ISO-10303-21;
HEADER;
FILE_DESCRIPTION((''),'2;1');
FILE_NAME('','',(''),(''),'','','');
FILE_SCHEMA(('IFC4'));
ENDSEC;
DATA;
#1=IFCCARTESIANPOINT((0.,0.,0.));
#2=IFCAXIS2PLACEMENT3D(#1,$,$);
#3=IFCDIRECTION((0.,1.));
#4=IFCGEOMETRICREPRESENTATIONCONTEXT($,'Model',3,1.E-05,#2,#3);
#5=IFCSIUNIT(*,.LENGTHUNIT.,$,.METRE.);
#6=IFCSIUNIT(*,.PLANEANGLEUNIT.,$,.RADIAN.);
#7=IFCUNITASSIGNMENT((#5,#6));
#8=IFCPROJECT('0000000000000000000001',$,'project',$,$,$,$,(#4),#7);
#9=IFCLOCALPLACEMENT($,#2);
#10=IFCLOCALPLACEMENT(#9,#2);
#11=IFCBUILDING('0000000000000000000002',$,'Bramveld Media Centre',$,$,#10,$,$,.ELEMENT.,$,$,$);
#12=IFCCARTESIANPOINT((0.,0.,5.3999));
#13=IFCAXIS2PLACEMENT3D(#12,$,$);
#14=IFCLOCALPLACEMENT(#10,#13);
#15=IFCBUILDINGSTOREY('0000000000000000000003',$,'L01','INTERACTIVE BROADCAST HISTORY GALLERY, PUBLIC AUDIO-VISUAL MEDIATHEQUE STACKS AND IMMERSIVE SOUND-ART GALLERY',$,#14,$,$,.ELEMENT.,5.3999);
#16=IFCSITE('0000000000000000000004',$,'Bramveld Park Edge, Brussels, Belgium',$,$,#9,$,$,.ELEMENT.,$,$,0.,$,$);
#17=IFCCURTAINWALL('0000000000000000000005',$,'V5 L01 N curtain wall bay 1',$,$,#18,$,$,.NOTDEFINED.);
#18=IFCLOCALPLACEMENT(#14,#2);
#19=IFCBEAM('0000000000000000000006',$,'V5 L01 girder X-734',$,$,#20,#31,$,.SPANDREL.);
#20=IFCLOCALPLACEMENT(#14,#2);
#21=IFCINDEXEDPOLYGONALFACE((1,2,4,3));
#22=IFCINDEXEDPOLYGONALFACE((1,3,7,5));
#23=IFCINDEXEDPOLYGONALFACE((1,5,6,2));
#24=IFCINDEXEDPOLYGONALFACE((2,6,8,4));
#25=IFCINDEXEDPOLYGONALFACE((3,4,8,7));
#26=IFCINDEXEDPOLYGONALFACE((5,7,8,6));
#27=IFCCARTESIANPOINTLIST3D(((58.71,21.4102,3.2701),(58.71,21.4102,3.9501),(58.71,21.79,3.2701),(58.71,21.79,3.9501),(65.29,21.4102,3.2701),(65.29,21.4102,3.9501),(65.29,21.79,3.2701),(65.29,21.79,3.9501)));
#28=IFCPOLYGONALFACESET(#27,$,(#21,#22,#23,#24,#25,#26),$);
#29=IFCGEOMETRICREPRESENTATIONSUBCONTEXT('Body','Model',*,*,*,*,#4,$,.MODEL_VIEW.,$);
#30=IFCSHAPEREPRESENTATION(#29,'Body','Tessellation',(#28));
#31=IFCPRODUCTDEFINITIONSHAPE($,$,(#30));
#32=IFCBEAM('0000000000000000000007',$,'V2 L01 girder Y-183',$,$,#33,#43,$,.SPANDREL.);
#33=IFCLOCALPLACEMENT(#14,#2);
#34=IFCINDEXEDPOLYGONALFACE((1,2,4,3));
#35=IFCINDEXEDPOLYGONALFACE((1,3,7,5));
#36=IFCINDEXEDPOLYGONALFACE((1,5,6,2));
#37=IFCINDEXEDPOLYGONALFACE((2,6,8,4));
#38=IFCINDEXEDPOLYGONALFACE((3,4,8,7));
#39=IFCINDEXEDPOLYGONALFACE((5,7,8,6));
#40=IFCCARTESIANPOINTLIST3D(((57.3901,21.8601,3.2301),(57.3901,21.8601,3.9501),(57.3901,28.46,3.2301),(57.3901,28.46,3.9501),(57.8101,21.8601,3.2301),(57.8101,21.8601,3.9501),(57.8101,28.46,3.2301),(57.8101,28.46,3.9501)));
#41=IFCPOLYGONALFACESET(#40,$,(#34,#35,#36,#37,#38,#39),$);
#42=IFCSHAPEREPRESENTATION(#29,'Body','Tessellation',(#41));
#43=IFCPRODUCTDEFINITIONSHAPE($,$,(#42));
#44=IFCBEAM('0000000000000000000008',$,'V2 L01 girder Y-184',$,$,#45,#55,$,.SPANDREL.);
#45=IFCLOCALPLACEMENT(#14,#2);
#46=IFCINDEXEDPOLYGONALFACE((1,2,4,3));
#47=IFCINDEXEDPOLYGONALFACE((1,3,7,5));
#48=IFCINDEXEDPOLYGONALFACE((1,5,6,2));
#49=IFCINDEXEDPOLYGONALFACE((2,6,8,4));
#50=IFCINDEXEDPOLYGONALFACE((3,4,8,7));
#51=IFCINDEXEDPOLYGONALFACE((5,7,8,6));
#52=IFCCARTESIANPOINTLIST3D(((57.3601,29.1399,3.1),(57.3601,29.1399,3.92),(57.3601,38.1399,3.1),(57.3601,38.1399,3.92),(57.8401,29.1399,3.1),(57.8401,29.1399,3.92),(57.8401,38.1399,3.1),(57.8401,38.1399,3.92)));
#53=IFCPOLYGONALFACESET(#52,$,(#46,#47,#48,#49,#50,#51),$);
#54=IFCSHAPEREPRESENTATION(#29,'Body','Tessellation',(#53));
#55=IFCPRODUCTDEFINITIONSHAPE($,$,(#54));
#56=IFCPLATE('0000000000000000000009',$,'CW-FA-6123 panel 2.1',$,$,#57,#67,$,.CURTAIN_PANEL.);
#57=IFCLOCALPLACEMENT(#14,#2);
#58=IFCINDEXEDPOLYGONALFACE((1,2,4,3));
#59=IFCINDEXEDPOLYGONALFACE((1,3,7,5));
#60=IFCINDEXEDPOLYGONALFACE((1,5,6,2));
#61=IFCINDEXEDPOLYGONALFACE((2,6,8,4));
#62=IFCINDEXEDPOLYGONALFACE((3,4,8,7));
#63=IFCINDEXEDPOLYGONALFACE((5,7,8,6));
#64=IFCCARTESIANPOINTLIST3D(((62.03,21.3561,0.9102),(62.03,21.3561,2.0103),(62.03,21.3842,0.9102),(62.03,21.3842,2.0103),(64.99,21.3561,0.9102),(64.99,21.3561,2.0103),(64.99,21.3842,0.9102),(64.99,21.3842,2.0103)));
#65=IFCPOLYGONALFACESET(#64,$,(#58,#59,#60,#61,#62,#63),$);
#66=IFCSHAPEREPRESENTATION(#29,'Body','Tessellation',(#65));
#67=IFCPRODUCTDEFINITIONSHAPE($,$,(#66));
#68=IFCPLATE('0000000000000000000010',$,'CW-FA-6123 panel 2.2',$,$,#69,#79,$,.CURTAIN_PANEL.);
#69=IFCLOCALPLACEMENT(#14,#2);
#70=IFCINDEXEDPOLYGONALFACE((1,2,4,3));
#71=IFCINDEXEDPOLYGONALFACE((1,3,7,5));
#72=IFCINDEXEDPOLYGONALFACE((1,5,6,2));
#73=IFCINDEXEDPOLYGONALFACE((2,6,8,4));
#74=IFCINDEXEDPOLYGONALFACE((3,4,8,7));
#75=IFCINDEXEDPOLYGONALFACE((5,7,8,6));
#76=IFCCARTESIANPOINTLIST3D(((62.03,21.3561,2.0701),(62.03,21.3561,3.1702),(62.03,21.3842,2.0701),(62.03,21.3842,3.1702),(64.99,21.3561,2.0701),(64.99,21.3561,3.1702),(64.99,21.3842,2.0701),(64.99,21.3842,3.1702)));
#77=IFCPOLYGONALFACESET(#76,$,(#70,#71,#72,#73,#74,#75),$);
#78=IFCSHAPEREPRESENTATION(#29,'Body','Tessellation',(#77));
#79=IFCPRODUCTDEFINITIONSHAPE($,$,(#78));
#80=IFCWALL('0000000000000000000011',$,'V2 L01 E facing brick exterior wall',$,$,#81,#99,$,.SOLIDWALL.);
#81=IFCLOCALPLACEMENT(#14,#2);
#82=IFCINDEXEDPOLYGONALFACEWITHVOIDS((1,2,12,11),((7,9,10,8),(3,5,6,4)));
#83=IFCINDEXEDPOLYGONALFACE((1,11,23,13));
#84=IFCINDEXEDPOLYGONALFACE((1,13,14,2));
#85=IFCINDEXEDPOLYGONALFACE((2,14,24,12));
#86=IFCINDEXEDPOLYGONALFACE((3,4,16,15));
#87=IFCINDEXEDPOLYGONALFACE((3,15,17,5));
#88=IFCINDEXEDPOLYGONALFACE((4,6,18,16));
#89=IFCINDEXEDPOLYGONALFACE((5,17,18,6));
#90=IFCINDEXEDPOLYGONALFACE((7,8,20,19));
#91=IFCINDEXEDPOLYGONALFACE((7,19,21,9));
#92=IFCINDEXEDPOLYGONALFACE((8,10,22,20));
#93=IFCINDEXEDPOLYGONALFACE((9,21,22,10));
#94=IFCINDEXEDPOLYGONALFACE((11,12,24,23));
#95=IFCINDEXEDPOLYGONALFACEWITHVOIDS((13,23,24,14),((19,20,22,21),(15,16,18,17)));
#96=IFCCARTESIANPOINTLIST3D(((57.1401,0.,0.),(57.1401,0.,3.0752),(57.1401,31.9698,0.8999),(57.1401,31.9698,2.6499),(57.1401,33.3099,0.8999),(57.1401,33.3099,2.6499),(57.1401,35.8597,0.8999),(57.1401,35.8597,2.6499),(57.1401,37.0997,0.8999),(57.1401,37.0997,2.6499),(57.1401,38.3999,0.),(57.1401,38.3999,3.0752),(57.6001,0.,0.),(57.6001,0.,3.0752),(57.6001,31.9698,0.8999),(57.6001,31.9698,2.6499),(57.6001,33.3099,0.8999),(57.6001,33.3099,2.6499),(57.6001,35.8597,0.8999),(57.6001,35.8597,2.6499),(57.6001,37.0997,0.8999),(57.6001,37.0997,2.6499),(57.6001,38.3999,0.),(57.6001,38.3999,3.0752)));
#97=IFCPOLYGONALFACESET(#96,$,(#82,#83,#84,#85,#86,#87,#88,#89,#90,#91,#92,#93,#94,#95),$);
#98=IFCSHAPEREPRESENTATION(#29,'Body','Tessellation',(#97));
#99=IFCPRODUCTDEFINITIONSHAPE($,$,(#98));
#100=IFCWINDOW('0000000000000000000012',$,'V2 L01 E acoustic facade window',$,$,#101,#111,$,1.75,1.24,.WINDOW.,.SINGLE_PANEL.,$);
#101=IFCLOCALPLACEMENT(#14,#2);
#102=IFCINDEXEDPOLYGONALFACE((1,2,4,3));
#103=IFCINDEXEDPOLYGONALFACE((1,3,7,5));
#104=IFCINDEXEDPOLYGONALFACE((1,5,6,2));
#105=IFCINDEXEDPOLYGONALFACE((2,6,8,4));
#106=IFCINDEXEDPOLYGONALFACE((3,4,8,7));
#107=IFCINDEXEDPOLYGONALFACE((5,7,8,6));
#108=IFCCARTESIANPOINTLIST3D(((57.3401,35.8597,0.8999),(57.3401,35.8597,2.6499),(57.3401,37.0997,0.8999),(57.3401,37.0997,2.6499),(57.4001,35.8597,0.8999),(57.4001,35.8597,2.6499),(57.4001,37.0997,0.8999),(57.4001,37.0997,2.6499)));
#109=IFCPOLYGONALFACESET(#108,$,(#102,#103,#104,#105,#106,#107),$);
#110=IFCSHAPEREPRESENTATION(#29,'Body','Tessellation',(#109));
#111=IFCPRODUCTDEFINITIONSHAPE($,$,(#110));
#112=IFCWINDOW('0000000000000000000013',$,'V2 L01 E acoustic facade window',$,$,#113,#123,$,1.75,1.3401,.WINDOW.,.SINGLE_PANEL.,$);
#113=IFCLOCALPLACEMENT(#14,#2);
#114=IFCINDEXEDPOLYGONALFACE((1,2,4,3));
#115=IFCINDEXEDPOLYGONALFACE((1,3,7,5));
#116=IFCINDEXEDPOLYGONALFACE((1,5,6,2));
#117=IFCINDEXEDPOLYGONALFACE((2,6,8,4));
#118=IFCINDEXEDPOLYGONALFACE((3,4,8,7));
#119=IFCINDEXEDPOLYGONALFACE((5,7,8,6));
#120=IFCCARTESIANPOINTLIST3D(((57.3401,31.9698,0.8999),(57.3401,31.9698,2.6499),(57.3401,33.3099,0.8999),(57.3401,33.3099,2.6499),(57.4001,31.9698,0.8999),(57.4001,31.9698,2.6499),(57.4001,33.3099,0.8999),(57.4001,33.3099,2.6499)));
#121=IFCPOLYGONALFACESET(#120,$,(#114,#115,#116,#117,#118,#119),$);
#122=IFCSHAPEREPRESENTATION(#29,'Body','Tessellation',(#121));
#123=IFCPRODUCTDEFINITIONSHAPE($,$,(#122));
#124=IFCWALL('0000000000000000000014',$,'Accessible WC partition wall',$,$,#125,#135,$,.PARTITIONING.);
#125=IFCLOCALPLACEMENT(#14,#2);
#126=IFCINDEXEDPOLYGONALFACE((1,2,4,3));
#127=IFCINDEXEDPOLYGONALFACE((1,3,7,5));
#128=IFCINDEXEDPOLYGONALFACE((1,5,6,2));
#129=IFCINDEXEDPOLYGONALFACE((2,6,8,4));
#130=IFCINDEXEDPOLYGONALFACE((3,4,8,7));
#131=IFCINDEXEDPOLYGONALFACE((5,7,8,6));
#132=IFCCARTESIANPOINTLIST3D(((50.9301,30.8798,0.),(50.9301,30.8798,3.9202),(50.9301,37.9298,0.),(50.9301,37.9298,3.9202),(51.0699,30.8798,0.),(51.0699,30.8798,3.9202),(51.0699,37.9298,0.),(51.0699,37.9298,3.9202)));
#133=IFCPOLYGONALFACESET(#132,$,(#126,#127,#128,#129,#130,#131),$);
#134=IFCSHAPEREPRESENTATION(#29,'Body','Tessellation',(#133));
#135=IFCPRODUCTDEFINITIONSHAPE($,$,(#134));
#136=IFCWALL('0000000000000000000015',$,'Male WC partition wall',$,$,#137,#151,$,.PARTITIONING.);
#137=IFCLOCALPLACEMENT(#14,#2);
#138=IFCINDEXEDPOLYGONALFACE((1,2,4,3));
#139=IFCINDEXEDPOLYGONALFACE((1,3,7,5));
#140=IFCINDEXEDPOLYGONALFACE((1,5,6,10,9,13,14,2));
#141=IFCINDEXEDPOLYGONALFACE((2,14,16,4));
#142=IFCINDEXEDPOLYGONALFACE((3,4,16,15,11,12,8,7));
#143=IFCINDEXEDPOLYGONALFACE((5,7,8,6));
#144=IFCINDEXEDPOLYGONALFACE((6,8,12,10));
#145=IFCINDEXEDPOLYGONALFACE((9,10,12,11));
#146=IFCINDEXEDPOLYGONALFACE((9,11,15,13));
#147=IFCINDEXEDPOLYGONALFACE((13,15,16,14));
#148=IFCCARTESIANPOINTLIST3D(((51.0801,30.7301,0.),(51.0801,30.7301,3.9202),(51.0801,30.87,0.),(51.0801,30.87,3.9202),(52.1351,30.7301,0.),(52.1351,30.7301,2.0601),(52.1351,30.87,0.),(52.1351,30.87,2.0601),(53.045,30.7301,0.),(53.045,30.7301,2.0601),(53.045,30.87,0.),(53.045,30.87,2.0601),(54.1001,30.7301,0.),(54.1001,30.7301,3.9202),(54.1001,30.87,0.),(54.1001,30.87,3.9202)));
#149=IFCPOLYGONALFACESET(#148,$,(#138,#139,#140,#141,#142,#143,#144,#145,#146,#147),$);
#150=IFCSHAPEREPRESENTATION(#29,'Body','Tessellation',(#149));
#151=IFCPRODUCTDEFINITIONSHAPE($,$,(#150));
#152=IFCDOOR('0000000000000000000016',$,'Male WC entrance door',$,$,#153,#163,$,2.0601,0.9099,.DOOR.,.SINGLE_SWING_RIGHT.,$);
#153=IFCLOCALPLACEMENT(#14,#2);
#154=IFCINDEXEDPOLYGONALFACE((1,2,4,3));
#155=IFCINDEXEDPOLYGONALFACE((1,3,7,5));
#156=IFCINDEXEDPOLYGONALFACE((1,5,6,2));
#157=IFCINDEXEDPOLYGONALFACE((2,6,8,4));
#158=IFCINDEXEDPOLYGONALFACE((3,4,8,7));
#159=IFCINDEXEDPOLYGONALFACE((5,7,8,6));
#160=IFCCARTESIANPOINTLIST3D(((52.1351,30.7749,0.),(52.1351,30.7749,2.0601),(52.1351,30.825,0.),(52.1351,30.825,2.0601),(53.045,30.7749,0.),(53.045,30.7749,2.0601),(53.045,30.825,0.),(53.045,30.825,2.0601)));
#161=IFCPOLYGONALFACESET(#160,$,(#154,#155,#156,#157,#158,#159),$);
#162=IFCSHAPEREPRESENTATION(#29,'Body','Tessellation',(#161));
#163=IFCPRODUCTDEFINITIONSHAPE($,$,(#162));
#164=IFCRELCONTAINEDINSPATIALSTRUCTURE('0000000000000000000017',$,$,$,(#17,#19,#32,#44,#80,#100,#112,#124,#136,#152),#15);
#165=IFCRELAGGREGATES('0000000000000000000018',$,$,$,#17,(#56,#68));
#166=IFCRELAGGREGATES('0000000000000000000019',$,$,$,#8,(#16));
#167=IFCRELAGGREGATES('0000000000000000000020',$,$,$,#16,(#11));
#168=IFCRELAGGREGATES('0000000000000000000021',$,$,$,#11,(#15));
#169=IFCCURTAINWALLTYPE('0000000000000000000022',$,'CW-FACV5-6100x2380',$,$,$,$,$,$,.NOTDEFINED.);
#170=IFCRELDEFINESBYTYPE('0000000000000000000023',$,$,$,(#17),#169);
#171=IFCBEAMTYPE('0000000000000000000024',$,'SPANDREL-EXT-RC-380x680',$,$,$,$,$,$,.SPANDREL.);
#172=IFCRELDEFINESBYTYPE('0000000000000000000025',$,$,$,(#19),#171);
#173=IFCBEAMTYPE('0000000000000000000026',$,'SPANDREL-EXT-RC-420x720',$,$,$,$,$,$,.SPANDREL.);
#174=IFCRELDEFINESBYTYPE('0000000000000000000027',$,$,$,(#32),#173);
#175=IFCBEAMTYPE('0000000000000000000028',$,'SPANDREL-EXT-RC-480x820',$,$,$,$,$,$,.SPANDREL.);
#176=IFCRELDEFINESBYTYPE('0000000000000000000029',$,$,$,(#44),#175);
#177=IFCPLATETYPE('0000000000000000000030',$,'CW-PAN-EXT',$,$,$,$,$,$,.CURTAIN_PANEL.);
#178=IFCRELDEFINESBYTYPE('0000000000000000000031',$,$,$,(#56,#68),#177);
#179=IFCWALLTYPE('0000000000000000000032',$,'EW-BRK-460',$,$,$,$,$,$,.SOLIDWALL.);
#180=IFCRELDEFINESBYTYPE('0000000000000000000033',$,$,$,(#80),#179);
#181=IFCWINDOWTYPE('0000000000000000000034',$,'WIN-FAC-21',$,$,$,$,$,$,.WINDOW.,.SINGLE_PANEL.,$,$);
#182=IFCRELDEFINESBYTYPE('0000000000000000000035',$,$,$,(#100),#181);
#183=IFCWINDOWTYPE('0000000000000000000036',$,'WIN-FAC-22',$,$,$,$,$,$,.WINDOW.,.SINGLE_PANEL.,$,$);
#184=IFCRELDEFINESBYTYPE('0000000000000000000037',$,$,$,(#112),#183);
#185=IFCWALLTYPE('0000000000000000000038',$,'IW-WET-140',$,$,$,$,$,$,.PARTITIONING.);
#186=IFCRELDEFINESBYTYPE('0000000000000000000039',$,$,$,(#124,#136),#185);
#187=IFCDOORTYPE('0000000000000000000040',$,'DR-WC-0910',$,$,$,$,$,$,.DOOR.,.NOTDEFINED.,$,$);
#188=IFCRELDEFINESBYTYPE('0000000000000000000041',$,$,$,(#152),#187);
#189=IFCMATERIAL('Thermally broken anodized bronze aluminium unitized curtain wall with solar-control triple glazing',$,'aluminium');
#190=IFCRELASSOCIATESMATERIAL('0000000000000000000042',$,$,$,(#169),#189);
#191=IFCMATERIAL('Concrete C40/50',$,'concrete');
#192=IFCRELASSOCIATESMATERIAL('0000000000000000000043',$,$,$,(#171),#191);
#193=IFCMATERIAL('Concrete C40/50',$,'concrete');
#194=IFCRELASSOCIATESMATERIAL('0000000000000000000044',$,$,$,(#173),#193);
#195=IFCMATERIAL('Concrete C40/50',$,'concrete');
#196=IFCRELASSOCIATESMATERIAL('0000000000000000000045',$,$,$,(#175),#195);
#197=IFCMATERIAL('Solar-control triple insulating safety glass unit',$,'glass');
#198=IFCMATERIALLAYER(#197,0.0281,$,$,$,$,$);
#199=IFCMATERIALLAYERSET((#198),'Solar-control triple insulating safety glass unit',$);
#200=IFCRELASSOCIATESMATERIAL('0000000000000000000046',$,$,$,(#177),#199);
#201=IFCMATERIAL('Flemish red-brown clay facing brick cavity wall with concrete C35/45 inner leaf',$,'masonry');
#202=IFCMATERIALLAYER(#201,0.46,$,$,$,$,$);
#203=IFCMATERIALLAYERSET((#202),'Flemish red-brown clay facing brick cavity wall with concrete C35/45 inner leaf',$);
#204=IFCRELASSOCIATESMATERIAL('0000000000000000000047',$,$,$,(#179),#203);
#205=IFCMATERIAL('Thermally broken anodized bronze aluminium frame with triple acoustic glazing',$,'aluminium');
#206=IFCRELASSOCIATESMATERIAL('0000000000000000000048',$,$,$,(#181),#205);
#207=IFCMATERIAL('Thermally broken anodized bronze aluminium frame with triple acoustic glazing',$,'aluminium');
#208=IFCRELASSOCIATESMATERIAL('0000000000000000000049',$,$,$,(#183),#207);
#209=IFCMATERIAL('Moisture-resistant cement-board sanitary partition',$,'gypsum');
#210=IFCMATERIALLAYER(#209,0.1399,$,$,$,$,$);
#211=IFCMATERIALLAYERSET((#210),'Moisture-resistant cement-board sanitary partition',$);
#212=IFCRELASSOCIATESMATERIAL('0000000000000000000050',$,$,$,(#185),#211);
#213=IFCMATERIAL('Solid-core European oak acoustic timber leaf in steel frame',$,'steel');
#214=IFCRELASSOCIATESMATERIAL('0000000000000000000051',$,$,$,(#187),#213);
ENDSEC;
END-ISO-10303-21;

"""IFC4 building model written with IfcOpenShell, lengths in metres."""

from ifc_helpers import new_model, si_unit, direction, frame, frame_2d, origin, origin_2d, place, context, subcontext, project, spatial, rectangle, extrude, material, layer, layer_set, material_profile, profile_set, type_object, element, fill, aggregate, save


model = new_model("IFC4")

# Units and contexts
model_context = context("Model", 3, precision=1e-05, world=origin(), true_north=direction((0.0, 1.0)))
body_context = subcontext(model_context, "Body", "Model", "MODEL_VIEW")
ifc_project = project(units=[si_unit("LENGTHUNIT", "METRE"), si_unit("PLANEANGLEUNIT", "RADIAN")], contexts=[model_context])

# Site, building, storey
site_placement = place(None, origin())
site = spatial("IfcSite", under=ifc_project, at=site_placement, Name="Bramveld Park Edge, Brussels, Belgium", CompositionType="ELEMENT", RefElevation=0.0)
building_placement = place(site_placement, origin())
building = spatial("IfcBuilding", under=site, at=building_placement, Name="Bramveld Media Centre", CompositionType="ELEMENT")
storey_placement = place(building_placement, frame((0.0, 0.0, 5.3999)))
storey = spatial("IfcBuildingStorey", under=building, at=storey_placement, Name="L01", Description="INTERACTIVE BROADCAST HISTORY GALLERY, PUBLIC AUDIO-VISUAL MEDIATHEQUE STACKS AND IMMERSIVE SOUND-ART GALLERY", CompositionType="ELEMENT", Elevation=5.3999)

# Curtain wall
ifc_material_1 = material(Name="Thermally broken anodized bronze aluminium unitized curtain wall with solar-control triple glazing", Category="aluminium")
curtain_wall_type = type_object("IfcCurtainWallType", Name="CW-FACV5-6100x2380", PredefinedType="NOTDEFINED", material=ifc_material_1)
curtain_wall_placement = place(storey_placement, origin())
curtain_wall = element("IfcCurtainWall", 1, at=curtain_wall_placement, inside=storey, type_object=curtain_wall_type, Name="V5 L01 N curtain wall bay 1", PredefinedType="NOTDEFINED")

# Beams
ifc_material_2 = material(Name="Concrete C40/50", Category="concrete")
ifc_material_profile_1 = material_profile(ifc_material_2, rectangle(XDim=0.3799, YDim=0.6799, at=origin_2d()), Name="RC 380x680")
ifc_profile_set_1 = profile_set([ifc_material_profile_1], Name="Concrete C40/50")
beam_type_1 = type_object("IfcBeamType", Name="SPANDREL-EXT-RC-380x680", PredefinedType="SPANDREL", material=ifc_profile_set_1)
beam_1_placement = place(storey_placement, frame((58.71, 21.6001, 3.6101), z_axis=(1.0, 0.0, 0.0), x_axis=(0.0, 1.0, 0.0)))
element("IfcBeam", 2, at=beam_1_placement, inside=storey, type_object=beam_type_1, Name="V5 L01 girder X-734", PredefinedType="SPANDREL", context=body_context, shape_type="SweptSolid", body=[
    extrude(rectangle(XDim=0.3799, YDim=0.6799, at=origin_2d()), origin(), (0.0, 0.0, 1.0), 6.5801),
])
ifc_material_3 = material(Name="Concrete C40/50", Category="concrete")
ifc_material_profile_2 = material_profile(ifc_material_3, rectangle(XDim=0.4199, YDim=0.72, at=origin_2d()), Name="RC 420x720")
ifc_profile_set_2 = profile_set([ifc_material_profile_2], Name="Concrete C40/50")
beam_type_2 = type_object("IfcBeamType", Name="SPANDREL-EXT-RC-420x720", PredefinedType="SPANDREL", material=ifc_profile_set_2)
beam_2_placement = place(storey_placement, frame((57.6001, 21.8601, 3.5901), z_axis=(0.0, 1.0, 0.0), x_axis=(-1.0, 0.0, 0.0)))
element("IfcBeam", 3, at=beam_2_placement, inside=storey, type_object=beam_type_2, Name="V2 L01 girder Y-183", PredefinedType="SPANDREL", context=body_context, shape_type="SweptSolid", body=[
    extrude(rectangle(XDim=0.4199, YDim=0.72, at=origin_2d()), origin(), (0.0, 0.0, 1.0), 6.5999),
])
ifc_material_4 = material(Name="Concrete C40/50", Category="concrete")
ifc_material_profile_3 = material_profile(ifc_material_4, rectangle(XDim=0.48, YDim=0.8201, at=origin_2d()), Name="RC 480x820")
ifc_profile_set_3 = profile_set([ifc_material_profile_3], Name="Concrete C40/50")
beam_type_3 = type_object("IfcBeamType", Name="SPANDREL-EXT-RC-480x820", PredefinedType="SPANDREL", material=ifc_profile_set_3)
beam_3_placement = place(storey_placement, frame((57.6001, 29.1399, 3.51), z_axis=(0.0, 1.0, 0.0), x_axis=(-1.0, 0.0, 0.0)))
element("IfcBeam", 4, at=beam_3_placement, inside=storey, type_object=beam_type_3, Name="V2 L01 girder Y-184", PredefinedType="SPANDREL", context=body_context, shape_type="SweptSolid", body=[
    extrude(rectangle(XDim=0.48, YDim=0.8201, at=origin_2d()), origin(), (0.0, 0.0, 1.0), 9.0),
])

# Plates
ifc_material_5 = material(Name="Solar-control triple insulating safety glass unit", Category="glass")
ifc_layer_1 = layer(ifc_material_5, 0.0281)
ifc_layer_set_1 = layer_set([ifc_layer_1], Name="Solar-control triple insulating safety glass unit")
plate_type = type_object("IfcPlateType", Name="CW-PAN-EXT", PredefinedType="CURTAIN_PANEL", material=ifc_layer_set_1)
plate_1_placement = place(storey_placement, frame((63.51, 21.3701, 0.9102), z_axis=(0.0, 0.0, 1.0), x_axis=(1.0, 0.0, 0.0)))
plate_1 = element("IfcPlate", 5, at=plate_1_placement, type_object=plate_type, Name="CW-FA-6123 panel 2.1", PredefinedType="CURTAIN_PANEL", context=body_context, shape_type="SweptSolid", body=[
    extrude(rectangle(XDim=2.96, YDim=0.0281, at=origin_2d()), origin(), (0.0, 0.0, 1.0), 1.1001),
])
plate_2_placement = place(storey_placement, frame((63.51, 21.3701, 2.0701), z_axis=(0.0, 0.0, 1.0), x_axis=(1.0, 0.0, 0.0)))
plate_2 = element("IfcPlate", 6, at=plate_2_placement, type_object=plate_type, Name="CW-FA-6123 panel 2.2", PredefinedType="CURTAIN_PANEL", context=body_context, shape_type="SweptSolid", body=[
    extrude(rectangle(XDim=2.96, YDim=0.0281, at=origin_2d()), origin(), (0.0, 0.0, 1.0), 1.1001),
])
aggregate(curtain_wall, [plate_1, plate_2])

# Wall, openings, windows
ifc_material_6 = material(Name="Flemish red-brown clay facing brick cavity wall with concrete C35/45 inner leaf", Category="masonry")
ifc_layer_2 = layer(ifc_material_6, 0.46)
ifc_layer_set_2 = layer_set([ifc_layer_2], Name="Flemish red-brown clay facing brick cavity wall with concrete C35/45 inner leaf")
wall_type_1 = type_object("IfcWallType", Name="EW-BRK-460", PredefinedType="SOLIDWALL", material=ifc_layer_set_2)
wall_1_placement = place(storey_placement, frame((57.3701, 38.3999, 0.0), z_axis=(0.0, 0.0, 1.0), x_axis=(0.0, -1.0, 0.0)))
wall_1 = element("IfcWall", 7, at=wall_1_placement, inside=storey, type_object=wall_type_1, Name="V2 L01 E facing brick exterior wall", PredefinedType="SOLIDWALL", context=body_context, shape_type="SweptSolid", body=[
    extrude(rectangle(XDim=38.3999, YDim=0.46, at=frame_2d((19.2, 0.0))), origin(), (0.0, 0.0, 1.0), 3.0752),
])
opening_1_placement = place(wall_1_placement, frame((1.3, 0.0, 0.8999)))
opening_1 = element("IfcOpeningElement", 8, at=opening_1_placement, cuts=wall_1, PredefinedType="OPENING", context=body_context, shape_type="SweptSolid", body=[
    extrude(rectangle(XDim=1.24, YDim=1.75, at=frame_2d((0.6201, 0.875))), frame((0.0, 0.2419, 0.0), z_axis=(0.0, -1.0, 0.0), x_axis=(1.0, 0.0, 0.0)), (0.0, 0.0, 1.0), 0.4839),
])
opening_2_placement = place(wall_1_placement, frame((5.0901, 0.0, 0.8999)))
opening_2 = element("IfcOpeningElement", 9, at=opening_2_placement, cuts=wall_1, PredefinedType="OPENING", context=body_context, shape_type="SweptSolid", body=[
    extrude(rectangle(XDim=1.3401, YDim=1.75, at=frame_2d((0.6699, 0.875))), frame((0.0, 0.2419, 0.0), z_axis=(0.0, -1.0, 0.0), x_axis=(1.0, 0.0, 0.0)), (0.0, 0.0, 1.0), 0.4839),
])
ifc_material_7 = material(Name="Thermally broken anodized bronze aluminium frame with triple acoustic glazing", Category="aluminium")
window_type_1 = type_object("IfcWindowType", Name="WIN-FAC-21", PartitioningType="SINGLE_PANEL", PredefinedType="WINDOW", material=ifc_material_7)
window_1_placement = place(opening_1_placement, origin())
window_1 = element("IfcWindow", 10, at=window_1_placement, inside=storey, type_object=window_type_1, Name="V2 L01 E acoustic facade window", OverallHeight=1.75, OverallWidth=1.24, PartitioningType="SINGLE_PANEL", PredefinedType="WINDOW", context=body_context, shape_type="SweptSolid", body=[
    extrude(rectangle(XDim=1.24, YDim=1.75, at=frame_2d((0.6201, 0.875))), frame((0.0, 0.03, 0.0), z_axis=(0.0, -1.0, 0.0), x_axis=(1.0, 0.0, 0.0)), (0.0, 0.0, 1.0), 0.0601),
])
fill(opening_1, window_1)
ifc_material_8 = material(Name="Thermally broken anodized bronze aluminium frame with triple acoustic glazing", Category="aluminium")
window_type_2 = type_object("IfcWindowType", Name="WIN-FAC-22", PartitioningType="SINGLE_PANEL", PredefinedType="WINDOW", material=ifc_material_8)
window_2_placement = place(opening_2_placement, origin())
window_2 = element("IfcWindow", 11, at=window_2_placement, inside=storey, type_object=window_type_2, Name="V2 L01 E acoustic facade window", OverallHeight=1.75, OverallWidth=1.3401, PartitioningType="SINGLE_PANEL", PredefinedType="WINDOW", context=body_context, shape_type="SweptSolid", body=[
    extrude(rectangle(XDim=1.3401, YDim=1.75, at=frame_2d((0.6699, 0.875))), frame((0.0, 0.03, 0.0), z_axis=(0.0, -1.0, 0.0), x_axis=(1.0, 0.0, 0.0)), (0.0, 0.0, 1.0), 0.0601),
])
fill(opening_2, window_2)

# Wall
ifc_material_9 = material(Name="Moisture-resistant cement-board sanitary partition", Category="gypsum")
ifc_layer_3 = layer(ifc_material_9, 0.1399)
ifc_layer_set_3 = layer_set([ifc_layer_3], Name="Moisture-resistant cement-board sanitary partition")
wall_type_2 = type_object("IfcWallType", Name="IW-WET-140", PredefinedType="PARTITIONING", material=ifc_layer_set_3)
wall_2_placement = place(storey_placement, frame((51.0, 30.8799, 0.0), z_axis=(0.0, 0.0, 1.0), x_axis=(0.0, 1.0, 0.0)))
element("IfcWall", 12, at=wall_2_placement, inside=storey, type_object=wall_type_2, Name="Accessible WC partition wall", PredefinedType="PARTITIONING", context=body_context, shape_type="SweptSolid", body=[
    extrude(rectangle(XDim=7.05, YDim=0.1399, at=frame_2d((3.5249, 0.0))), origin(), (0.0, 0.0, 1.0), 3.9202),
])

# Wall, opening, door
wall_3_placement = place(storey_placement, frame((51.0801, 30.8, 0.0), z_axis=(0.0, 0.0, 1.0), x_axis=(1.0, 0.0, 0.0)))
wall_3 = element("IfcWall", 13, at=wall_3_placement, inside=storey, type_object=wall_type_2, Name="Male WC partition wall", PredefinedType="PARTITIONING", context=body_context, shape_type="SweptSolid", body=[
    extrude(rectangle(XDim=3.02, YDim=0.1399, at=frame_2d((1.51, 0.0))), origin(), (0.0, 0.0, 1.0), 3.9202),
])
opening_3_placement = place(wall_3_placement, frame((1.0549, 0.0, 0.0)))
opening_3 = element("IfcOpeningElement", 14, at=opening_3_placement, cuts=wall_3, PredefinedType="OPENING", context=body_context, shape_type="SweptSolid", body=[
    extrude(rectangle(XDim=0.9099, YDim=2.0601, at=frame_2d((0.4551, 1.03))), frame((0.0, 0.082, 0.0), z_axis=(0.0, -1.0, 0.0), x_axis=(1.0, 0.0, 0.0)), (0.0, 0.0, 1.0), 0.1638),
])
ifc_material_10 = material(Name="Solid-core European oak acoustic timber leaf in steel frame", Category="steel")
door_type_1 = type_object("IfcDoorType", Name="DR-WC-0910", OperationType="NOTDEFINED", PredefinedType="DOOR", material=ifc_material_10)
door_1_placement = place(opening_3_placement, origin())
door_1 = element("IfcDoor", 15, at=door_1_placement, inside=storey, type_object=door_type_1, Name="Male WC entrance door", OperationType="SINGLE_SWING_RIGHT", OverallHeight=2.0601, OverallWidth=0.9099, PredefinedType="DOOR", context=body_context, shape_type="SweptSolid", body=[
    extrude(rectangle(XDim=0.9099, YDim=2.0601, at=frame_2d((0.4551, 1.03))), frame((0.0, 0.0249, 0.0), z_axis=(0.0, -1.0, 0.0), x_axis=(1.0, 0.0, 0.0)), (0.0, 0.0, 1.0), 0.05),
])
fill(opening_3, door_1)

save(model, "model.ifc")
